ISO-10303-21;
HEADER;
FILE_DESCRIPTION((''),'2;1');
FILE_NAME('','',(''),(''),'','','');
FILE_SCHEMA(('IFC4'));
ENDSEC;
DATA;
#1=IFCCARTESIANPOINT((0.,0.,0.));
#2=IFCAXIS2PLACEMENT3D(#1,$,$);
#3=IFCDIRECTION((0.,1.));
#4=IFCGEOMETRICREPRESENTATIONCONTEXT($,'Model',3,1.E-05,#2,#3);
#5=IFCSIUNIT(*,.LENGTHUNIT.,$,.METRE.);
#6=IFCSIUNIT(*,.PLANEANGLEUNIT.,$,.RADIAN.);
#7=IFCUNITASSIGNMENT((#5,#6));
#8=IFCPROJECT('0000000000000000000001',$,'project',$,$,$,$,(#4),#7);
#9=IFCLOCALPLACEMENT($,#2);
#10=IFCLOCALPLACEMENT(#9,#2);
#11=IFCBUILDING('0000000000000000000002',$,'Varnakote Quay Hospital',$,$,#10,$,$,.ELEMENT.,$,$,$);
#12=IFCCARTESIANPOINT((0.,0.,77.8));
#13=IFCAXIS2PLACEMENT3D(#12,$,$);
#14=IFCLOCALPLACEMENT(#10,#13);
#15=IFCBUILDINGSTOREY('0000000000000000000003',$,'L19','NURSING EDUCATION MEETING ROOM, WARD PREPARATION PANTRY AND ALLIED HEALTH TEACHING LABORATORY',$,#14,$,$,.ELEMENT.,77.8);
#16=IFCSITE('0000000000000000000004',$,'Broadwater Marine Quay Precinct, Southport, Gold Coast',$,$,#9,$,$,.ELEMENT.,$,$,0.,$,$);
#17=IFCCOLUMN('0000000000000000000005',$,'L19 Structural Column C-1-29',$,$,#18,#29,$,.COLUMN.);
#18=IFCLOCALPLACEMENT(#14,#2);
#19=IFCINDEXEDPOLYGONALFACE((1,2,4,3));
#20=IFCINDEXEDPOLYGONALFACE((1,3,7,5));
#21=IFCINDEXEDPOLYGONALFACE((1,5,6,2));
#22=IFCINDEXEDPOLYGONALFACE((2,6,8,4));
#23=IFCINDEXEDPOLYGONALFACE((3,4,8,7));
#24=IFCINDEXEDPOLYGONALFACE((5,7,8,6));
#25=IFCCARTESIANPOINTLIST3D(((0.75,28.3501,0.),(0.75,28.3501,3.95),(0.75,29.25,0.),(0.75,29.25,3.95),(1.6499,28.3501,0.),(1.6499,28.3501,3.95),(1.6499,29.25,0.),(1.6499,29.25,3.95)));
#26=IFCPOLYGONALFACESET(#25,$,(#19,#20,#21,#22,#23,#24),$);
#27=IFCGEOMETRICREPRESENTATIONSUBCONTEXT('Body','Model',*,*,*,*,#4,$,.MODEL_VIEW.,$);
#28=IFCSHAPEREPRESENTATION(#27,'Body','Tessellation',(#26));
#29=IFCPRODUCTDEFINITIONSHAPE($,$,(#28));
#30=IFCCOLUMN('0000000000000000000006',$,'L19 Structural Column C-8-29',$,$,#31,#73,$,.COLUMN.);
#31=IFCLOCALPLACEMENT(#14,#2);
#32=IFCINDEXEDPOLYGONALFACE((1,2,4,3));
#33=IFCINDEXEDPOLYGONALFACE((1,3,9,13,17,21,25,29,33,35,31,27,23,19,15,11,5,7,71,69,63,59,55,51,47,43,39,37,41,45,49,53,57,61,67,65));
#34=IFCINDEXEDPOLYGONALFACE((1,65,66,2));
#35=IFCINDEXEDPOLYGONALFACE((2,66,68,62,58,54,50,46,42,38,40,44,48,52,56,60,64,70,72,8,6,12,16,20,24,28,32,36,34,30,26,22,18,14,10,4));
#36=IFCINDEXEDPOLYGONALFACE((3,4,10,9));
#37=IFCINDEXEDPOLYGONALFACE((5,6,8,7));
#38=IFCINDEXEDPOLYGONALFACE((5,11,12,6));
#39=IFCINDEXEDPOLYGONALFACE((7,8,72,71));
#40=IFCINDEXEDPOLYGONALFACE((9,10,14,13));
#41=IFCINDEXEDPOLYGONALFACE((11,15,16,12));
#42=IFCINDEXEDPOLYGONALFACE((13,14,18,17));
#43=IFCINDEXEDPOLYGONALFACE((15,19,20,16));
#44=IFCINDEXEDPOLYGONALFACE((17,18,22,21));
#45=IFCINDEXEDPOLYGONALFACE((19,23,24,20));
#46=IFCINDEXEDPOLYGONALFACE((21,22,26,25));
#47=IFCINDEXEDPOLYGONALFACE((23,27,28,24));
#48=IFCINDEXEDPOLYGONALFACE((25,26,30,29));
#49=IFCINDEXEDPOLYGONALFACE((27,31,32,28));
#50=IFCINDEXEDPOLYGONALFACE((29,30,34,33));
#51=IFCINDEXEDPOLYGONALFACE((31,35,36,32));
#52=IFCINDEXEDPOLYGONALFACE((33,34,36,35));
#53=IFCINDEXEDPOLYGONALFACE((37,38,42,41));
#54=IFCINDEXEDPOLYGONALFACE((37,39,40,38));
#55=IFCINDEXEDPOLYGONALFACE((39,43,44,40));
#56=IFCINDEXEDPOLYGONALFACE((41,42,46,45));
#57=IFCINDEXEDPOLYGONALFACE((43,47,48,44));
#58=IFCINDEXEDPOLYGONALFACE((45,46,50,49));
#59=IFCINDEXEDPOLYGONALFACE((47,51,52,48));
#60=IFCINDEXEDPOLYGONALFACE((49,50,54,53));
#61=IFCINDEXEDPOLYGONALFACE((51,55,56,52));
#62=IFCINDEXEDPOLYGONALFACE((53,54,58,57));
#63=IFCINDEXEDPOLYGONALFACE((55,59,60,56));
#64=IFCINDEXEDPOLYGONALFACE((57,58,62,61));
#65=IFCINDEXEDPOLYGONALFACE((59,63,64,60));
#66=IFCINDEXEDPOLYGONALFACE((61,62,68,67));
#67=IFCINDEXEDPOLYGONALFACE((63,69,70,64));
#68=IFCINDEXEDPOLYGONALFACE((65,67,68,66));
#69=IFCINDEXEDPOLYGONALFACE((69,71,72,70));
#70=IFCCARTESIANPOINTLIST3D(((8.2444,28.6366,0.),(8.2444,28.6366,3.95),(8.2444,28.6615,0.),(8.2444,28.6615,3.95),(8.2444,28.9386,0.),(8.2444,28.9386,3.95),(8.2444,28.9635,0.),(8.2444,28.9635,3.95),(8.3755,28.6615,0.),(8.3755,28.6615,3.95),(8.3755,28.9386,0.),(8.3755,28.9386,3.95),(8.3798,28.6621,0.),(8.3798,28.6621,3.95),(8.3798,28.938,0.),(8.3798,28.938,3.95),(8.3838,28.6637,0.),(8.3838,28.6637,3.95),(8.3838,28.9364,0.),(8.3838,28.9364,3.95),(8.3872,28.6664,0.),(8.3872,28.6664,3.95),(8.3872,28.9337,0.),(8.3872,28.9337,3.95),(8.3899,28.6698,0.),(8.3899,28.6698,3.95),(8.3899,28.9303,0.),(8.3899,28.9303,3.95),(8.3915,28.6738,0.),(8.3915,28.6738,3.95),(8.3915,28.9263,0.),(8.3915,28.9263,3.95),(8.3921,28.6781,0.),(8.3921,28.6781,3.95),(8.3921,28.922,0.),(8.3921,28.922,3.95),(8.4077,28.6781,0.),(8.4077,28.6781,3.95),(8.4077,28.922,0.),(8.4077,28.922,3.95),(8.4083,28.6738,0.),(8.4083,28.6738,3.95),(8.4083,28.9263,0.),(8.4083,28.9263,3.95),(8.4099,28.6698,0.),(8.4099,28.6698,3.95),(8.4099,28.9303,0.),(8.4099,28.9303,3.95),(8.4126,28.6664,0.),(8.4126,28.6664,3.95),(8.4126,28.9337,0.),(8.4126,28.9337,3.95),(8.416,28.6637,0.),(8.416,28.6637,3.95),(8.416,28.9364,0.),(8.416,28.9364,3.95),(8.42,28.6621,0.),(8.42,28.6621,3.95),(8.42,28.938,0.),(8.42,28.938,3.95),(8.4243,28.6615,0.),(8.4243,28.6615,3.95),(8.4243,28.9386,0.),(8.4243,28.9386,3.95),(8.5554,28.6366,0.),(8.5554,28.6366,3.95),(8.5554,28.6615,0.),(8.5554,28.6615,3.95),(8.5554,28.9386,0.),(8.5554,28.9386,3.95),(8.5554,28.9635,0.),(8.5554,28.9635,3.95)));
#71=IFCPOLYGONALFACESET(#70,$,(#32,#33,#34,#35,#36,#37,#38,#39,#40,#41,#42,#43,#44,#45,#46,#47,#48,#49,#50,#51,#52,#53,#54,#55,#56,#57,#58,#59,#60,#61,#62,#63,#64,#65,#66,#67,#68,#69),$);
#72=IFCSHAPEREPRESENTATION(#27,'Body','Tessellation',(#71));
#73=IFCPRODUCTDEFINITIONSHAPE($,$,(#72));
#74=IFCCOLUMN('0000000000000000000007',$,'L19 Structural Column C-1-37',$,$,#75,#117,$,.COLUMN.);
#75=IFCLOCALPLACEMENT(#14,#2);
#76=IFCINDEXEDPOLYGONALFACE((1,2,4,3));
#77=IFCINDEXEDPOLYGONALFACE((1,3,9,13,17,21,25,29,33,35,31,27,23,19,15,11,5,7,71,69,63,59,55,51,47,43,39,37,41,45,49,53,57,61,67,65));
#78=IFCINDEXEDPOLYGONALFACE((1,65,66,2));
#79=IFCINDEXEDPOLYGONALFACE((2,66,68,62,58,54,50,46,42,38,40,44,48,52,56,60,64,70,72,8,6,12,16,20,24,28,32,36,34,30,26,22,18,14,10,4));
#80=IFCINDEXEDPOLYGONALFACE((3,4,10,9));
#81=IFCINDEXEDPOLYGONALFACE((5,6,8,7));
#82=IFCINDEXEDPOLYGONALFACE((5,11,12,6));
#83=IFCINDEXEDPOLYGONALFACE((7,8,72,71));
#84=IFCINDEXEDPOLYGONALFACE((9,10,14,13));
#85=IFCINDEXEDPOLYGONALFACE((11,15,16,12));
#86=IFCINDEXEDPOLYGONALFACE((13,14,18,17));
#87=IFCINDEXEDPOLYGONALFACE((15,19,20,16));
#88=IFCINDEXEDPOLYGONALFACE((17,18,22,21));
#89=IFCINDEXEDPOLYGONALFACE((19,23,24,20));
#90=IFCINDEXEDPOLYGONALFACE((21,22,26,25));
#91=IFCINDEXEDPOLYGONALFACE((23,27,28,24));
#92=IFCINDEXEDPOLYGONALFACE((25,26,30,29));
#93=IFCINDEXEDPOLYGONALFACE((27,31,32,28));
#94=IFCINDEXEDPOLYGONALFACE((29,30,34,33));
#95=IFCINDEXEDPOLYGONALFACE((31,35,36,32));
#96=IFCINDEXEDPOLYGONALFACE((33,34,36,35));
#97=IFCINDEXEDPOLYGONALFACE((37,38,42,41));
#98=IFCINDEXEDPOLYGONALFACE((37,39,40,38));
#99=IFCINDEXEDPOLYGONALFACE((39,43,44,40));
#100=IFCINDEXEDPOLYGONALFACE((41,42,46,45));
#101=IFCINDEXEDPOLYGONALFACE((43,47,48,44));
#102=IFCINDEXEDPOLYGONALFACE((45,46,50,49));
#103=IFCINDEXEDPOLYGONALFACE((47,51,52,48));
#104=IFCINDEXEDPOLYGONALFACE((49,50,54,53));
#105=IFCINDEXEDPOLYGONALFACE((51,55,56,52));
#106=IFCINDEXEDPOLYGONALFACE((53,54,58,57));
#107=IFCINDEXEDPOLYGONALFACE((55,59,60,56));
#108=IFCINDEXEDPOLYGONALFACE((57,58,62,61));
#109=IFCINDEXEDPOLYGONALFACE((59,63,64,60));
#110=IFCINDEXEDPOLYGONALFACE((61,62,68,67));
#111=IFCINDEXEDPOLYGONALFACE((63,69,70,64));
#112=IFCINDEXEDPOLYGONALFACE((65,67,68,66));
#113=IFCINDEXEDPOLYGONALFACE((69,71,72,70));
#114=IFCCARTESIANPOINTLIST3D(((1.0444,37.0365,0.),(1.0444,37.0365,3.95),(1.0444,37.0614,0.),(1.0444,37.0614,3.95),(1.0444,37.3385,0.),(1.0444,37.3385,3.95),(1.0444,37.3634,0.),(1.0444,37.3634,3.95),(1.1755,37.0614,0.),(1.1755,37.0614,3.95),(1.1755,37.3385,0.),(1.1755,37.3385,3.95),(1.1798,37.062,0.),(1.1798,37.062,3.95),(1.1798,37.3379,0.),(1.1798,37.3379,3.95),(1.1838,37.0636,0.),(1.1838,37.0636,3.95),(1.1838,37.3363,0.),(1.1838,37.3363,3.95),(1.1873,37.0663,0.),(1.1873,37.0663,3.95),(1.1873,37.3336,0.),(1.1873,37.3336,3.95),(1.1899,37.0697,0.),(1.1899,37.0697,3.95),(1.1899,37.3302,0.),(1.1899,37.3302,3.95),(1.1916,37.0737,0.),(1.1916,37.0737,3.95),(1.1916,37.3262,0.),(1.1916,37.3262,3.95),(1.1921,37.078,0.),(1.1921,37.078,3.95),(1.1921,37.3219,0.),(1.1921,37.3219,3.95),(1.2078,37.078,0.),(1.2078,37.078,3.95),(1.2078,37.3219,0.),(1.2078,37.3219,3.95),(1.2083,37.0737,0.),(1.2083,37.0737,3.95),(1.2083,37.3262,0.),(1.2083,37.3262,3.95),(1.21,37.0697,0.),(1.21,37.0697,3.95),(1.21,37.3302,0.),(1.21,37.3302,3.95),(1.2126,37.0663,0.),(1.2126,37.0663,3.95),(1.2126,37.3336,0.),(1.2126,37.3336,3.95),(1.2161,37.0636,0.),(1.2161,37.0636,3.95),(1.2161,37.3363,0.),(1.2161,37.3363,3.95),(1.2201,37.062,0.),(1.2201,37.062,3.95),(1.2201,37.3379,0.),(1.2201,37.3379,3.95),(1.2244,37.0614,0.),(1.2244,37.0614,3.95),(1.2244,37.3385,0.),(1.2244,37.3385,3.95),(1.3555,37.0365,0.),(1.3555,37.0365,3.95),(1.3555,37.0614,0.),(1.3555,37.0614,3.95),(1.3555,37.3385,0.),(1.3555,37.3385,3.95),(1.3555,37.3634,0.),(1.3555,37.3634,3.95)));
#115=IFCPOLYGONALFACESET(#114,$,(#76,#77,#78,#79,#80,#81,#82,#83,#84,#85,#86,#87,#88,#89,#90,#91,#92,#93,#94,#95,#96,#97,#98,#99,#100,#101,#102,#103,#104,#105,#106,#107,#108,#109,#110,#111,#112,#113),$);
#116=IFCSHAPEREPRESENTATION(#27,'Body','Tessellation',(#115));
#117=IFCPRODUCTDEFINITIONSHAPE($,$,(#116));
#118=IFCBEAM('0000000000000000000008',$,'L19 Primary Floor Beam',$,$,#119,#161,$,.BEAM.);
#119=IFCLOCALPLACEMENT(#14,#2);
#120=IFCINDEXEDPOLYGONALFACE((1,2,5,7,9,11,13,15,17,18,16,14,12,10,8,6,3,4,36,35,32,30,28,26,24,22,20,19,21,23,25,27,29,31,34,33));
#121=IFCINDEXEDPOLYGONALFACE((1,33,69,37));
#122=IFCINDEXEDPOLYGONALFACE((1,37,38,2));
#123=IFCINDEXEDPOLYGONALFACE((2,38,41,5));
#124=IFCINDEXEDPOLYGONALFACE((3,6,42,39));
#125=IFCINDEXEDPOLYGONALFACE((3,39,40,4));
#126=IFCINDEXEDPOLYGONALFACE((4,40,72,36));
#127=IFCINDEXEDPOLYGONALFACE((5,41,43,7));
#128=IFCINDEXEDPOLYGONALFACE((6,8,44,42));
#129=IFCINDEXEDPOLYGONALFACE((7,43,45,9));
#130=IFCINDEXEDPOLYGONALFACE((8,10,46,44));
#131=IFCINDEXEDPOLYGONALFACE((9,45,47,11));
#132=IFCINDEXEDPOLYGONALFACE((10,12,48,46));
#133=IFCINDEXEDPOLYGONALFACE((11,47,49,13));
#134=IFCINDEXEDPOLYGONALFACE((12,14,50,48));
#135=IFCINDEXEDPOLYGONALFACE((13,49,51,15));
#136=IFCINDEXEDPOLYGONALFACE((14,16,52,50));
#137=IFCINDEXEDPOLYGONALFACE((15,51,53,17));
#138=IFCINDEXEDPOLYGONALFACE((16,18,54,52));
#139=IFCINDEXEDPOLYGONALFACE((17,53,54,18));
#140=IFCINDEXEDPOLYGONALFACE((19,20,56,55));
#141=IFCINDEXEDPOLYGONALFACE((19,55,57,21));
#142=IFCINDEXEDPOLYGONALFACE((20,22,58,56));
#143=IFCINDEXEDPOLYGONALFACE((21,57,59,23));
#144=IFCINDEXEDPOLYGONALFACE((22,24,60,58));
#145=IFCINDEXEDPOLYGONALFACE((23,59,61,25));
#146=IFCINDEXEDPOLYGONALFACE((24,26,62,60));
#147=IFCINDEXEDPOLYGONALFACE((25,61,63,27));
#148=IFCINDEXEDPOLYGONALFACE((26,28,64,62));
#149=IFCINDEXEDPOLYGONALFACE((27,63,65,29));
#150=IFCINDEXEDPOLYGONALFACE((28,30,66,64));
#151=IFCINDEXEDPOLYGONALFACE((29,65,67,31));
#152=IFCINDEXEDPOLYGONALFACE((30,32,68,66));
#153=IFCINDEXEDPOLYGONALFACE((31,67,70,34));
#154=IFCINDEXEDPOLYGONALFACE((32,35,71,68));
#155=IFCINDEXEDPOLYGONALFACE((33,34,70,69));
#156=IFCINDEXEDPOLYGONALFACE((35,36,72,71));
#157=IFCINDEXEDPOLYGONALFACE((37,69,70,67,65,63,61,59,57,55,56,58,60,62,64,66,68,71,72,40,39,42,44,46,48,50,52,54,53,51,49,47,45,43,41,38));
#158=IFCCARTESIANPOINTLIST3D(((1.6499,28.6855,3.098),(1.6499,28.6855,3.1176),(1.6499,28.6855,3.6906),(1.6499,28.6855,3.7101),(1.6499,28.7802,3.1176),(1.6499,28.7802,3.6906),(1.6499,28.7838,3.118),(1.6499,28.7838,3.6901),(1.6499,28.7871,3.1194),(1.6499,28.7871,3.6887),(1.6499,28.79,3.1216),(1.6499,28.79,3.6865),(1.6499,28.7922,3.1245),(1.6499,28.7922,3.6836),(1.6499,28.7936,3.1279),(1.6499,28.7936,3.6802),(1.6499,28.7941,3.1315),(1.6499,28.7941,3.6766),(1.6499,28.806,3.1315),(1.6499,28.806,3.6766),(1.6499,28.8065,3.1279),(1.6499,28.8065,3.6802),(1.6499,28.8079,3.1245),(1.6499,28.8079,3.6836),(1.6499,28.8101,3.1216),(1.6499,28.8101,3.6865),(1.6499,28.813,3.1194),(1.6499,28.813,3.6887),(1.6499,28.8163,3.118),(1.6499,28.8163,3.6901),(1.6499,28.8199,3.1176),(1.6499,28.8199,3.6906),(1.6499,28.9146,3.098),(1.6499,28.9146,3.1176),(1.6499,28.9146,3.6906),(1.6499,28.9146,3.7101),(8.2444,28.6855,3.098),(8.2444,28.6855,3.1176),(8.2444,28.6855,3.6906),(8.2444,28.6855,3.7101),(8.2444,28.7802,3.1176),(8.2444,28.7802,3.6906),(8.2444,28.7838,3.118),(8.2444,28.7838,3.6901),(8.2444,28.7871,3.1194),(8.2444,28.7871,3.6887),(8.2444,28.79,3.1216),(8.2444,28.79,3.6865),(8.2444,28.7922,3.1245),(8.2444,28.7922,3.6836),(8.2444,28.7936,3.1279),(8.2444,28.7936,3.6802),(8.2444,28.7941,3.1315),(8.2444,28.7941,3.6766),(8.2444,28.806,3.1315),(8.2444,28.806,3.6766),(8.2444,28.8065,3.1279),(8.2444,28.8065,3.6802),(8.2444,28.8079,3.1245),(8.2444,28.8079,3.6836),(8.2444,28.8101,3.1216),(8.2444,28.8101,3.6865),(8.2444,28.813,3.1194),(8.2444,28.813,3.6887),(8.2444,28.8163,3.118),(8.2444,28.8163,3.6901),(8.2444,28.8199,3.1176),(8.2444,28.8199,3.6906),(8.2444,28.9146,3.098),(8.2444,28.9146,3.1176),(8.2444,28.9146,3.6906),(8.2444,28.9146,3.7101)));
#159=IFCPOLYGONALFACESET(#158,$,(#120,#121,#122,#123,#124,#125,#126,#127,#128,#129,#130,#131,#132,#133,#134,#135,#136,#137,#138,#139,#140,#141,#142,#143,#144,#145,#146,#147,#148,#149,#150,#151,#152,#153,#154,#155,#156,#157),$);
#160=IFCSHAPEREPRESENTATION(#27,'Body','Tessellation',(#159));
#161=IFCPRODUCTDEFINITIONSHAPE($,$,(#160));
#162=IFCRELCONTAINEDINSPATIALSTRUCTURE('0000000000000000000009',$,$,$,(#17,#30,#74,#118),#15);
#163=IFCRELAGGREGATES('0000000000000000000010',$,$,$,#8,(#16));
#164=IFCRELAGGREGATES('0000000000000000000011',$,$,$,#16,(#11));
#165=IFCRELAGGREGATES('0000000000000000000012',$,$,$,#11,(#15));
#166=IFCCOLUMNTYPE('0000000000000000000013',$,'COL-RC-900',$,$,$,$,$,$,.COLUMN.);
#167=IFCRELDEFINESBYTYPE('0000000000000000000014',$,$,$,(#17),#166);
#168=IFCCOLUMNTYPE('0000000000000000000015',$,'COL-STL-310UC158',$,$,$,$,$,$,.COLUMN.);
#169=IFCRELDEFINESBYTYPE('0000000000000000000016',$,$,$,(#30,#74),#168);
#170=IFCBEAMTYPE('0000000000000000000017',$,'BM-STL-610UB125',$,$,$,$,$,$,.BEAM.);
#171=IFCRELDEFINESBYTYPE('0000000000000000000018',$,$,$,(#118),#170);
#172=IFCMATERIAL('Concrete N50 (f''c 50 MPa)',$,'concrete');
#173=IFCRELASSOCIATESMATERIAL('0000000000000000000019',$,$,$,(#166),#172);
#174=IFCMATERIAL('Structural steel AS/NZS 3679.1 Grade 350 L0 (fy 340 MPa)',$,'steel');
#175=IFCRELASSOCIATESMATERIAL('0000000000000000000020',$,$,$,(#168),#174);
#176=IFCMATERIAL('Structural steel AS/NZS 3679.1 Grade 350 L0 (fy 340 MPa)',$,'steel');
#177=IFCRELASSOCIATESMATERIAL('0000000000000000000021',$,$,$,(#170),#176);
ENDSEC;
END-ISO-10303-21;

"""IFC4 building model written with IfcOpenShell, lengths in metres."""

from ifc_helpers import new_model, si_unit, direction, frame, origin, origin_2d, place, context, subcontext, project, spatial, rectangle, i_section, extrude, material, material_profile, profile_set, type_object, element, save


model = new_model("IFC4")

# Units and contexts
model_context = context("Model", 3, precision=1e-05, world=origin(), true_north=direction((0.0, 1.0)))
body_context = subcontext(model_context, "Body", "Model", "MODEL_VIEW")
ifc_project = project(units=[si_unit("LENGTHUNIT", "METRE"), si_unit("PLANEANGLEUNIT", "RADIAN")], contexts=[model_context])

# Site, building, storey
site_placement = place(None, origin())
site = spatial("IfcSite", under=ifc_project, at=site_placement, Name="Broadwater Marine Quay Precinct, Southport, Gold Coast", CompositionType="ELEMENT", RefElevation=0.0)
building_placement = place(site_placement, origin())
building = spatial("IfcBuilding", under=site, at=building_placement, Name="Varnakote Quay Hospital", CompositionType="ELEMENT")
storey_placement = place(building_placement, frame((0.0, 0.0, 77.8)))
storey = spatial("IfcBuildingStorey", under=building, at=storey_placement, Name="L19", Description="NURSING EDUCATION MEETING ROOM, WARD PREPARATION PANTRY AND ALLIED HEALTH TEACHING LABORATORY", CompositionType="ELEMENT", Elevation=77.8)

# Columns
ifc_material_1 = material(Name="Concrete N50 (f'c 50 MPa)", Category="concrete")
ifc_material_profile_1 = material_profile(ifc_material_1, rectangle(XDim=0.8999, YDim=0.8999, at=origin_2d()), Name="RC-COL-900x900")
ifc_profile_set_1 = profile_set([ifc_material_profile_1], Name="Concrete N50 (f'c 50 MPa)")
column_type_1 = type_object("IfcColumnType", Name="COL-RC-900", PredefinedType="COLUMN", material=ifc_profile_set_1)
column_placement = place(storey_placement, frame((1.2, 28.8, 0.0), z_axis=(0.0, 0.0, 1.0), x_axis=(1.0, 0.0, 0.0)))
element("IfcColumn", 1, at=column_placement, inside=storey, type_object=column_type_1, Name="L19 Structural Column C-1-29", PredefinedType="COLUMN", context=body_context, shape_type="SweptSolid", body=[
    extrude(rectangle(XDim=0.8999, YDim=0.8999, at=origin_2d()), origin(), (0.0, 0.0, 1.0), 3.95),
])
ifc_material_2 = material(Name="Structural steel AS/NZS 3679.1 Grade 350 L0 (fy 340 MPa)", Category="steel")
ifc_material_profile_2 = material_profile(ifc_material_2, i_section(OverallWidth=0.311, OverallDepth=0.3269, WebThickness=0.0156, FlangeThickness=0.0249, FilletRadius=0.0166, at=origin_2d()), Name="310UC158")
ifc_profile_set_2 = profile_set([ifc_material_profile_2], Name="Structural steel AS/NZS 3679.1 Grade 350 L0 (fy 340 MPa)")
column_type_2 = type_object("IfcColumnType", Name="COL-STL-310UC158", PredefinedType="COLUMN", material=ifc_profile_set_2)
for number, where, z_axis, x_axis, name in (
    (2, (8.3999, 28.8, 0.0), (0.0, 0.0, 1.0), (1.0, 0.0, 0.0), "L19 Structural Column C-8-29"),
    (3, (1.2, 37.2, 0.0), (0.0, 0.0, 1.0), (1.0, 0.0, 0.0), "L19 Structural Column C-1-37"),
):
    element("IfcColumn", number, at=place(storey_placement, frame(where, z_axis=z_axis, x_axis=x_axis)), inside=storey, type_object=column_type_2, Name=name, PredefinedType="COLUMN", context=body_context, shape_type="SweptSolid", body=[
        extrude(i_section(OverallWidth=0.311, OverallDepth=0.3269, WebThickness=0.0156, FlangeThickness=0.0249, FilletRadius=0.0166, at=origin_2d()), origin(), (0.0, 0.0, 1.0), 3.95),
    ])

# Beam
ifc_material_3 = material(Name="Structural steel AS/NZS 3679.1 Grade 350 L0 (fy 340 MPa)", Category="steel")
ifc_material_profile_3 = material_profile(ifc_material_3, i_section(OverallWidth=0.229, OverallDepth=0.6121, WebThickness=0.012, FlangeThickness=0.0195, FilletRadius=0.0139, at=origin_2d()), Name="610UB125")
ifc_profile_set_3 = profile_set([ifc_material_profile_3], Name="Structural steel AS/NZS 3679.1 Grade 350 L0 (fy 340 MPa)")
beam_type_1 = type_object("IfcBeamType", Name="BM-STL-610UB125", PredefinedType="BEAM", material=ifc_profile_set_3)
beam_1_placement = place(storey_placement, frame((1.6499, 28.8, 3.4041), z_axis=(1.0, 0.0, 0.0), x_axis=(0.0, 1.0, 0.0)))
element("IfcBeam", 4, at=beam_1_placement, inside=storey, type_object=beam_type_1, Name="L19 Primary Floor Beam", PredefinedType="BEAM", context=body_context, shape_type="SweptSolid", body=[
    extrude(i_section(OverallWidth=0.229, OverallDepth=0.6121, WebThickness=0.012, FlangeThickness=0.0195, FilletRadius=0.0139, at=origin_2d()), origin(), (0.0, 0.0, 1.0), 6.5945),
])

save(model, "model.ifc")
